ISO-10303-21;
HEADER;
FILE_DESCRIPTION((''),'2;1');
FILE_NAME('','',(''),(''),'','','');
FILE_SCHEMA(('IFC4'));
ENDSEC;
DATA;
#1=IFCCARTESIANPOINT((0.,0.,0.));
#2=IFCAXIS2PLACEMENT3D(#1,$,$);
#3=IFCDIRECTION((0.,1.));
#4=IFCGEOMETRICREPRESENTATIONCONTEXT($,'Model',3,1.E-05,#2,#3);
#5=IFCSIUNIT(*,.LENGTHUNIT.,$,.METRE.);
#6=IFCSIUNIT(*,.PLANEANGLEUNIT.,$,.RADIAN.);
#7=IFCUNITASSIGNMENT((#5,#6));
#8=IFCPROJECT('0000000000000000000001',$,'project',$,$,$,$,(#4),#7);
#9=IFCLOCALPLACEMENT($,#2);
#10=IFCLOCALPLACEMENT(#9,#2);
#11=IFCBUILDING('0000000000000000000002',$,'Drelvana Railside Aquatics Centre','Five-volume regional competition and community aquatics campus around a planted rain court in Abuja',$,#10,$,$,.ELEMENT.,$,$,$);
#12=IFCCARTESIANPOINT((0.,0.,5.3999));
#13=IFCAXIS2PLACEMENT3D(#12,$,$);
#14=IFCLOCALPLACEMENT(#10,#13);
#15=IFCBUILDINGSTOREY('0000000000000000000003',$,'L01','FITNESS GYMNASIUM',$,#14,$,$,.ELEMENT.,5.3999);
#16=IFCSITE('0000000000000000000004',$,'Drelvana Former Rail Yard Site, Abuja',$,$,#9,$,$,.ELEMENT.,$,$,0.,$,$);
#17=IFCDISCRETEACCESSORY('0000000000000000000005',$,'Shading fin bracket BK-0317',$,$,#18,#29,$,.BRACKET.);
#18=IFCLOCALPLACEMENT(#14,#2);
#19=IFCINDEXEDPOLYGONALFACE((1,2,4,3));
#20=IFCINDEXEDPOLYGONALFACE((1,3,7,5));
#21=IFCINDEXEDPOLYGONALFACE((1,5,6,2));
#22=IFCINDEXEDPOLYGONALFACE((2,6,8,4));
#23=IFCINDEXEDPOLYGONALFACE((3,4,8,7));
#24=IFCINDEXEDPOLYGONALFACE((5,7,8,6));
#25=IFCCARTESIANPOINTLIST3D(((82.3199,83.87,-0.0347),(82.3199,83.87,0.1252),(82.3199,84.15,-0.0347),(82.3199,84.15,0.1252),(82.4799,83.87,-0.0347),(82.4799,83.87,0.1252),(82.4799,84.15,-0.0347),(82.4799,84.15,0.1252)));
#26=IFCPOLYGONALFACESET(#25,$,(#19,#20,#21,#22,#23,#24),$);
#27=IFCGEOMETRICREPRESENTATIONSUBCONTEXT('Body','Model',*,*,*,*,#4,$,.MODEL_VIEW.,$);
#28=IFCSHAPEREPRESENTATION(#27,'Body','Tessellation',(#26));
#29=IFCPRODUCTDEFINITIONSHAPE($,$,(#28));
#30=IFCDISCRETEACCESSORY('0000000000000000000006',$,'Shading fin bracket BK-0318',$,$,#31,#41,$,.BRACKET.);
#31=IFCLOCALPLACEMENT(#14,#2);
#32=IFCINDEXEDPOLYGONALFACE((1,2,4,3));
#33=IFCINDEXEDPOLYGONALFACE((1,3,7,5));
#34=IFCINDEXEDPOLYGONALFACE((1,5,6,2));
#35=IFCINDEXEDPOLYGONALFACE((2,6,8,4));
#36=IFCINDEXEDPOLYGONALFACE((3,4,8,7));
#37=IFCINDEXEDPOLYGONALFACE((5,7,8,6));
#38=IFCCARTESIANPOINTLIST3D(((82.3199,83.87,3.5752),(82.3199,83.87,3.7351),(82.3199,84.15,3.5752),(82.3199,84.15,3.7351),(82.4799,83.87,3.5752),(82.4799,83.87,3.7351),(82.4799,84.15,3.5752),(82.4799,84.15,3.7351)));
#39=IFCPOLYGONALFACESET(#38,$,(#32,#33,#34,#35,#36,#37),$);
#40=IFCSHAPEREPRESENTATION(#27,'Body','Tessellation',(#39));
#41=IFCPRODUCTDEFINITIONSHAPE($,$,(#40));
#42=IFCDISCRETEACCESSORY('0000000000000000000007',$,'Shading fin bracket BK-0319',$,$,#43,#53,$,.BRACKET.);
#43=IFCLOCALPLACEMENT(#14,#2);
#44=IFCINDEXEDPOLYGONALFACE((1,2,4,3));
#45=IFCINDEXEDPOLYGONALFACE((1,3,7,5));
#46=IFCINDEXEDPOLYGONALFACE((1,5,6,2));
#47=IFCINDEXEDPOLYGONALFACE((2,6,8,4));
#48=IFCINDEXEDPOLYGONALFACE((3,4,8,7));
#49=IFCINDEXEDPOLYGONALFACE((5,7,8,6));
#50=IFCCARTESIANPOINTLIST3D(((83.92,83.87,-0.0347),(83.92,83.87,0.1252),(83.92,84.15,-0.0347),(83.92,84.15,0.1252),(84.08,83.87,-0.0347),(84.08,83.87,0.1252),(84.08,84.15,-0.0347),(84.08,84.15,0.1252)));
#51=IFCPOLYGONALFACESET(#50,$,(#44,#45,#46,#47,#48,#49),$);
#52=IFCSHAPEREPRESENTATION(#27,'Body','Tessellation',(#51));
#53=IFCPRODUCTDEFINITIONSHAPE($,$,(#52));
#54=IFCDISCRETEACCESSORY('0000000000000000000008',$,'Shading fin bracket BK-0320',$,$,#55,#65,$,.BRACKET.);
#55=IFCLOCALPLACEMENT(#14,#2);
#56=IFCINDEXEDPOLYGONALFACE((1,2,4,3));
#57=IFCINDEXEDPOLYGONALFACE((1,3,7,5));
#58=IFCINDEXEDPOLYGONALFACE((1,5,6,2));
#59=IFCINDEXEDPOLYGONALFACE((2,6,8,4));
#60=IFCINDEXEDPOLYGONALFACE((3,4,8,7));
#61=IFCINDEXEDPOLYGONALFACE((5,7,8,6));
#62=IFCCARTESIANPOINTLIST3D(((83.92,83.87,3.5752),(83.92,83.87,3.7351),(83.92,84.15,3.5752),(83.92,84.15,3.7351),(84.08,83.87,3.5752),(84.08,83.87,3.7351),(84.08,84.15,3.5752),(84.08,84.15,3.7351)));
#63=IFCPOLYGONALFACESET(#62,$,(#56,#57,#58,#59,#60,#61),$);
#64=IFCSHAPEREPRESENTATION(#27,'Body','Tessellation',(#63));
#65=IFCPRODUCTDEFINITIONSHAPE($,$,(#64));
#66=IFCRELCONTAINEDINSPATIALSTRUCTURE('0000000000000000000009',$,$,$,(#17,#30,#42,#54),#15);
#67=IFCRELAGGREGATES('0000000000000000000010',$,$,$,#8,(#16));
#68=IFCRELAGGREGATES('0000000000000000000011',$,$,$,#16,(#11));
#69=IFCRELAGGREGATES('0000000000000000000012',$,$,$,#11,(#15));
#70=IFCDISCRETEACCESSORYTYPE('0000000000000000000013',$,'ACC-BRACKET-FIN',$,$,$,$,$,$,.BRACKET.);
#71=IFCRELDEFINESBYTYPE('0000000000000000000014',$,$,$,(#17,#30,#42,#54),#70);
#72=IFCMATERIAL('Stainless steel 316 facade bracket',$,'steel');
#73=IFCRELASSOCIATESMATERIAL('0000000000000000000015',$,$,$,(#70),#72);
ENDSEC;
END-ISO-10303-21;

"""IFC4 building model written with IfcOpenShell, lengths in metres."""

from ifc_helpers import new_model, si_unit, direction, frame, origin, origin_2d, place, context, subcontext, project, spatial, rectangle, extrude, material, type_object, element, save


model = new_model("IFC4")

# Units and contexts
model_context = context("Model", 3, precision=1e-05, world=origin(), true_north=direction((0.0, 1.0)))
body_context = subcontext(model_context, "Body", "Model", "MODEL_VIEW")
ifc_project = project(units=[si_unit("LENGTHUNIT", "METRE"), si_unit("PLANEANGLEUNIT", "RADIAN")], contexts=[model_context])

# Site, building, storey
site_placement = place(None, origin())
site = spatial("IfcSite", under=ifc_project, at=site_placement, Name="Drelvana Former Rail Yard Site, Abuja", CompositionType="ELEMENT", RefElevation=0.0)
building_placement = place(site_placement, origin())
building = spatial("IfcBuilding", under=site, at=building_placement, Name="Drelvana Railside Aquatics Centre", Description="Five-volume regional competition and community aquatics campus around a planted rain court in Abuja", CompositionType="ELEMENT")
storey_placement = place(building_placement, frame((0.0, 0.0, 5.3999)))
storey = spatial("IfcBuildingStorey", under=building, at=storey_placement, Name="L01", Description="FITNESS GYMNASIUM", CompositionType="ELEMENT", Elevation=5.3999)

# Discrete accessories
ifc_material_1 = material(Name="Stainless steel 316 facade bracket", Category="steel")
discrete_accessory_type = type_object("IfcDiscreteAccessoryType", Name="ACC-BRACKET-FIN", PredefinedType="BRACKET", material=ifc_material_1)
for number, where, z_axis, x_axis, name in (
    (1, (82.3999, 84.01, -0.0347), (0.0, 0.0, 1.0), (0.0, 1.0, 0.0), "Shading fin bracket BK-0317"),
    (2, (82.3999, 84.01, 3.5752), (0.0, 0.0, 1.0), (0.0, 1.0, 0.0), "Shading fin bracket BK-0318"),
    (3, (84.0, 84.01, -0.0347), (0.0, 0.0, 1.0), (0.0, 1.0, 0.0), "Shading fin bracket BK-0319"),
    (4, (84.0, 84.01, 3.5752), (0.0, 0.0, 1.0), (0.0, 1.0, 0.0), "Shading fin bracket BK-0320"),
):
    element("IfcDiscreteAccessory", number, at=place(storey_placement, frame(where, z_axis=z_axis, x_axis=x_axis)), inside=storey, type_object=discrete_accessory_type, Name=name, PredefinedType="BRACKET", context=body_context, shape_type="SweptSolid", body=[
        extrude(rectangle(XDim=0.28, YDim=0.1599, at=origin_2d()), origin(), (0.0, 0.0, 1.0), 0.1599),
    ])

save(model, "model.ifc")
